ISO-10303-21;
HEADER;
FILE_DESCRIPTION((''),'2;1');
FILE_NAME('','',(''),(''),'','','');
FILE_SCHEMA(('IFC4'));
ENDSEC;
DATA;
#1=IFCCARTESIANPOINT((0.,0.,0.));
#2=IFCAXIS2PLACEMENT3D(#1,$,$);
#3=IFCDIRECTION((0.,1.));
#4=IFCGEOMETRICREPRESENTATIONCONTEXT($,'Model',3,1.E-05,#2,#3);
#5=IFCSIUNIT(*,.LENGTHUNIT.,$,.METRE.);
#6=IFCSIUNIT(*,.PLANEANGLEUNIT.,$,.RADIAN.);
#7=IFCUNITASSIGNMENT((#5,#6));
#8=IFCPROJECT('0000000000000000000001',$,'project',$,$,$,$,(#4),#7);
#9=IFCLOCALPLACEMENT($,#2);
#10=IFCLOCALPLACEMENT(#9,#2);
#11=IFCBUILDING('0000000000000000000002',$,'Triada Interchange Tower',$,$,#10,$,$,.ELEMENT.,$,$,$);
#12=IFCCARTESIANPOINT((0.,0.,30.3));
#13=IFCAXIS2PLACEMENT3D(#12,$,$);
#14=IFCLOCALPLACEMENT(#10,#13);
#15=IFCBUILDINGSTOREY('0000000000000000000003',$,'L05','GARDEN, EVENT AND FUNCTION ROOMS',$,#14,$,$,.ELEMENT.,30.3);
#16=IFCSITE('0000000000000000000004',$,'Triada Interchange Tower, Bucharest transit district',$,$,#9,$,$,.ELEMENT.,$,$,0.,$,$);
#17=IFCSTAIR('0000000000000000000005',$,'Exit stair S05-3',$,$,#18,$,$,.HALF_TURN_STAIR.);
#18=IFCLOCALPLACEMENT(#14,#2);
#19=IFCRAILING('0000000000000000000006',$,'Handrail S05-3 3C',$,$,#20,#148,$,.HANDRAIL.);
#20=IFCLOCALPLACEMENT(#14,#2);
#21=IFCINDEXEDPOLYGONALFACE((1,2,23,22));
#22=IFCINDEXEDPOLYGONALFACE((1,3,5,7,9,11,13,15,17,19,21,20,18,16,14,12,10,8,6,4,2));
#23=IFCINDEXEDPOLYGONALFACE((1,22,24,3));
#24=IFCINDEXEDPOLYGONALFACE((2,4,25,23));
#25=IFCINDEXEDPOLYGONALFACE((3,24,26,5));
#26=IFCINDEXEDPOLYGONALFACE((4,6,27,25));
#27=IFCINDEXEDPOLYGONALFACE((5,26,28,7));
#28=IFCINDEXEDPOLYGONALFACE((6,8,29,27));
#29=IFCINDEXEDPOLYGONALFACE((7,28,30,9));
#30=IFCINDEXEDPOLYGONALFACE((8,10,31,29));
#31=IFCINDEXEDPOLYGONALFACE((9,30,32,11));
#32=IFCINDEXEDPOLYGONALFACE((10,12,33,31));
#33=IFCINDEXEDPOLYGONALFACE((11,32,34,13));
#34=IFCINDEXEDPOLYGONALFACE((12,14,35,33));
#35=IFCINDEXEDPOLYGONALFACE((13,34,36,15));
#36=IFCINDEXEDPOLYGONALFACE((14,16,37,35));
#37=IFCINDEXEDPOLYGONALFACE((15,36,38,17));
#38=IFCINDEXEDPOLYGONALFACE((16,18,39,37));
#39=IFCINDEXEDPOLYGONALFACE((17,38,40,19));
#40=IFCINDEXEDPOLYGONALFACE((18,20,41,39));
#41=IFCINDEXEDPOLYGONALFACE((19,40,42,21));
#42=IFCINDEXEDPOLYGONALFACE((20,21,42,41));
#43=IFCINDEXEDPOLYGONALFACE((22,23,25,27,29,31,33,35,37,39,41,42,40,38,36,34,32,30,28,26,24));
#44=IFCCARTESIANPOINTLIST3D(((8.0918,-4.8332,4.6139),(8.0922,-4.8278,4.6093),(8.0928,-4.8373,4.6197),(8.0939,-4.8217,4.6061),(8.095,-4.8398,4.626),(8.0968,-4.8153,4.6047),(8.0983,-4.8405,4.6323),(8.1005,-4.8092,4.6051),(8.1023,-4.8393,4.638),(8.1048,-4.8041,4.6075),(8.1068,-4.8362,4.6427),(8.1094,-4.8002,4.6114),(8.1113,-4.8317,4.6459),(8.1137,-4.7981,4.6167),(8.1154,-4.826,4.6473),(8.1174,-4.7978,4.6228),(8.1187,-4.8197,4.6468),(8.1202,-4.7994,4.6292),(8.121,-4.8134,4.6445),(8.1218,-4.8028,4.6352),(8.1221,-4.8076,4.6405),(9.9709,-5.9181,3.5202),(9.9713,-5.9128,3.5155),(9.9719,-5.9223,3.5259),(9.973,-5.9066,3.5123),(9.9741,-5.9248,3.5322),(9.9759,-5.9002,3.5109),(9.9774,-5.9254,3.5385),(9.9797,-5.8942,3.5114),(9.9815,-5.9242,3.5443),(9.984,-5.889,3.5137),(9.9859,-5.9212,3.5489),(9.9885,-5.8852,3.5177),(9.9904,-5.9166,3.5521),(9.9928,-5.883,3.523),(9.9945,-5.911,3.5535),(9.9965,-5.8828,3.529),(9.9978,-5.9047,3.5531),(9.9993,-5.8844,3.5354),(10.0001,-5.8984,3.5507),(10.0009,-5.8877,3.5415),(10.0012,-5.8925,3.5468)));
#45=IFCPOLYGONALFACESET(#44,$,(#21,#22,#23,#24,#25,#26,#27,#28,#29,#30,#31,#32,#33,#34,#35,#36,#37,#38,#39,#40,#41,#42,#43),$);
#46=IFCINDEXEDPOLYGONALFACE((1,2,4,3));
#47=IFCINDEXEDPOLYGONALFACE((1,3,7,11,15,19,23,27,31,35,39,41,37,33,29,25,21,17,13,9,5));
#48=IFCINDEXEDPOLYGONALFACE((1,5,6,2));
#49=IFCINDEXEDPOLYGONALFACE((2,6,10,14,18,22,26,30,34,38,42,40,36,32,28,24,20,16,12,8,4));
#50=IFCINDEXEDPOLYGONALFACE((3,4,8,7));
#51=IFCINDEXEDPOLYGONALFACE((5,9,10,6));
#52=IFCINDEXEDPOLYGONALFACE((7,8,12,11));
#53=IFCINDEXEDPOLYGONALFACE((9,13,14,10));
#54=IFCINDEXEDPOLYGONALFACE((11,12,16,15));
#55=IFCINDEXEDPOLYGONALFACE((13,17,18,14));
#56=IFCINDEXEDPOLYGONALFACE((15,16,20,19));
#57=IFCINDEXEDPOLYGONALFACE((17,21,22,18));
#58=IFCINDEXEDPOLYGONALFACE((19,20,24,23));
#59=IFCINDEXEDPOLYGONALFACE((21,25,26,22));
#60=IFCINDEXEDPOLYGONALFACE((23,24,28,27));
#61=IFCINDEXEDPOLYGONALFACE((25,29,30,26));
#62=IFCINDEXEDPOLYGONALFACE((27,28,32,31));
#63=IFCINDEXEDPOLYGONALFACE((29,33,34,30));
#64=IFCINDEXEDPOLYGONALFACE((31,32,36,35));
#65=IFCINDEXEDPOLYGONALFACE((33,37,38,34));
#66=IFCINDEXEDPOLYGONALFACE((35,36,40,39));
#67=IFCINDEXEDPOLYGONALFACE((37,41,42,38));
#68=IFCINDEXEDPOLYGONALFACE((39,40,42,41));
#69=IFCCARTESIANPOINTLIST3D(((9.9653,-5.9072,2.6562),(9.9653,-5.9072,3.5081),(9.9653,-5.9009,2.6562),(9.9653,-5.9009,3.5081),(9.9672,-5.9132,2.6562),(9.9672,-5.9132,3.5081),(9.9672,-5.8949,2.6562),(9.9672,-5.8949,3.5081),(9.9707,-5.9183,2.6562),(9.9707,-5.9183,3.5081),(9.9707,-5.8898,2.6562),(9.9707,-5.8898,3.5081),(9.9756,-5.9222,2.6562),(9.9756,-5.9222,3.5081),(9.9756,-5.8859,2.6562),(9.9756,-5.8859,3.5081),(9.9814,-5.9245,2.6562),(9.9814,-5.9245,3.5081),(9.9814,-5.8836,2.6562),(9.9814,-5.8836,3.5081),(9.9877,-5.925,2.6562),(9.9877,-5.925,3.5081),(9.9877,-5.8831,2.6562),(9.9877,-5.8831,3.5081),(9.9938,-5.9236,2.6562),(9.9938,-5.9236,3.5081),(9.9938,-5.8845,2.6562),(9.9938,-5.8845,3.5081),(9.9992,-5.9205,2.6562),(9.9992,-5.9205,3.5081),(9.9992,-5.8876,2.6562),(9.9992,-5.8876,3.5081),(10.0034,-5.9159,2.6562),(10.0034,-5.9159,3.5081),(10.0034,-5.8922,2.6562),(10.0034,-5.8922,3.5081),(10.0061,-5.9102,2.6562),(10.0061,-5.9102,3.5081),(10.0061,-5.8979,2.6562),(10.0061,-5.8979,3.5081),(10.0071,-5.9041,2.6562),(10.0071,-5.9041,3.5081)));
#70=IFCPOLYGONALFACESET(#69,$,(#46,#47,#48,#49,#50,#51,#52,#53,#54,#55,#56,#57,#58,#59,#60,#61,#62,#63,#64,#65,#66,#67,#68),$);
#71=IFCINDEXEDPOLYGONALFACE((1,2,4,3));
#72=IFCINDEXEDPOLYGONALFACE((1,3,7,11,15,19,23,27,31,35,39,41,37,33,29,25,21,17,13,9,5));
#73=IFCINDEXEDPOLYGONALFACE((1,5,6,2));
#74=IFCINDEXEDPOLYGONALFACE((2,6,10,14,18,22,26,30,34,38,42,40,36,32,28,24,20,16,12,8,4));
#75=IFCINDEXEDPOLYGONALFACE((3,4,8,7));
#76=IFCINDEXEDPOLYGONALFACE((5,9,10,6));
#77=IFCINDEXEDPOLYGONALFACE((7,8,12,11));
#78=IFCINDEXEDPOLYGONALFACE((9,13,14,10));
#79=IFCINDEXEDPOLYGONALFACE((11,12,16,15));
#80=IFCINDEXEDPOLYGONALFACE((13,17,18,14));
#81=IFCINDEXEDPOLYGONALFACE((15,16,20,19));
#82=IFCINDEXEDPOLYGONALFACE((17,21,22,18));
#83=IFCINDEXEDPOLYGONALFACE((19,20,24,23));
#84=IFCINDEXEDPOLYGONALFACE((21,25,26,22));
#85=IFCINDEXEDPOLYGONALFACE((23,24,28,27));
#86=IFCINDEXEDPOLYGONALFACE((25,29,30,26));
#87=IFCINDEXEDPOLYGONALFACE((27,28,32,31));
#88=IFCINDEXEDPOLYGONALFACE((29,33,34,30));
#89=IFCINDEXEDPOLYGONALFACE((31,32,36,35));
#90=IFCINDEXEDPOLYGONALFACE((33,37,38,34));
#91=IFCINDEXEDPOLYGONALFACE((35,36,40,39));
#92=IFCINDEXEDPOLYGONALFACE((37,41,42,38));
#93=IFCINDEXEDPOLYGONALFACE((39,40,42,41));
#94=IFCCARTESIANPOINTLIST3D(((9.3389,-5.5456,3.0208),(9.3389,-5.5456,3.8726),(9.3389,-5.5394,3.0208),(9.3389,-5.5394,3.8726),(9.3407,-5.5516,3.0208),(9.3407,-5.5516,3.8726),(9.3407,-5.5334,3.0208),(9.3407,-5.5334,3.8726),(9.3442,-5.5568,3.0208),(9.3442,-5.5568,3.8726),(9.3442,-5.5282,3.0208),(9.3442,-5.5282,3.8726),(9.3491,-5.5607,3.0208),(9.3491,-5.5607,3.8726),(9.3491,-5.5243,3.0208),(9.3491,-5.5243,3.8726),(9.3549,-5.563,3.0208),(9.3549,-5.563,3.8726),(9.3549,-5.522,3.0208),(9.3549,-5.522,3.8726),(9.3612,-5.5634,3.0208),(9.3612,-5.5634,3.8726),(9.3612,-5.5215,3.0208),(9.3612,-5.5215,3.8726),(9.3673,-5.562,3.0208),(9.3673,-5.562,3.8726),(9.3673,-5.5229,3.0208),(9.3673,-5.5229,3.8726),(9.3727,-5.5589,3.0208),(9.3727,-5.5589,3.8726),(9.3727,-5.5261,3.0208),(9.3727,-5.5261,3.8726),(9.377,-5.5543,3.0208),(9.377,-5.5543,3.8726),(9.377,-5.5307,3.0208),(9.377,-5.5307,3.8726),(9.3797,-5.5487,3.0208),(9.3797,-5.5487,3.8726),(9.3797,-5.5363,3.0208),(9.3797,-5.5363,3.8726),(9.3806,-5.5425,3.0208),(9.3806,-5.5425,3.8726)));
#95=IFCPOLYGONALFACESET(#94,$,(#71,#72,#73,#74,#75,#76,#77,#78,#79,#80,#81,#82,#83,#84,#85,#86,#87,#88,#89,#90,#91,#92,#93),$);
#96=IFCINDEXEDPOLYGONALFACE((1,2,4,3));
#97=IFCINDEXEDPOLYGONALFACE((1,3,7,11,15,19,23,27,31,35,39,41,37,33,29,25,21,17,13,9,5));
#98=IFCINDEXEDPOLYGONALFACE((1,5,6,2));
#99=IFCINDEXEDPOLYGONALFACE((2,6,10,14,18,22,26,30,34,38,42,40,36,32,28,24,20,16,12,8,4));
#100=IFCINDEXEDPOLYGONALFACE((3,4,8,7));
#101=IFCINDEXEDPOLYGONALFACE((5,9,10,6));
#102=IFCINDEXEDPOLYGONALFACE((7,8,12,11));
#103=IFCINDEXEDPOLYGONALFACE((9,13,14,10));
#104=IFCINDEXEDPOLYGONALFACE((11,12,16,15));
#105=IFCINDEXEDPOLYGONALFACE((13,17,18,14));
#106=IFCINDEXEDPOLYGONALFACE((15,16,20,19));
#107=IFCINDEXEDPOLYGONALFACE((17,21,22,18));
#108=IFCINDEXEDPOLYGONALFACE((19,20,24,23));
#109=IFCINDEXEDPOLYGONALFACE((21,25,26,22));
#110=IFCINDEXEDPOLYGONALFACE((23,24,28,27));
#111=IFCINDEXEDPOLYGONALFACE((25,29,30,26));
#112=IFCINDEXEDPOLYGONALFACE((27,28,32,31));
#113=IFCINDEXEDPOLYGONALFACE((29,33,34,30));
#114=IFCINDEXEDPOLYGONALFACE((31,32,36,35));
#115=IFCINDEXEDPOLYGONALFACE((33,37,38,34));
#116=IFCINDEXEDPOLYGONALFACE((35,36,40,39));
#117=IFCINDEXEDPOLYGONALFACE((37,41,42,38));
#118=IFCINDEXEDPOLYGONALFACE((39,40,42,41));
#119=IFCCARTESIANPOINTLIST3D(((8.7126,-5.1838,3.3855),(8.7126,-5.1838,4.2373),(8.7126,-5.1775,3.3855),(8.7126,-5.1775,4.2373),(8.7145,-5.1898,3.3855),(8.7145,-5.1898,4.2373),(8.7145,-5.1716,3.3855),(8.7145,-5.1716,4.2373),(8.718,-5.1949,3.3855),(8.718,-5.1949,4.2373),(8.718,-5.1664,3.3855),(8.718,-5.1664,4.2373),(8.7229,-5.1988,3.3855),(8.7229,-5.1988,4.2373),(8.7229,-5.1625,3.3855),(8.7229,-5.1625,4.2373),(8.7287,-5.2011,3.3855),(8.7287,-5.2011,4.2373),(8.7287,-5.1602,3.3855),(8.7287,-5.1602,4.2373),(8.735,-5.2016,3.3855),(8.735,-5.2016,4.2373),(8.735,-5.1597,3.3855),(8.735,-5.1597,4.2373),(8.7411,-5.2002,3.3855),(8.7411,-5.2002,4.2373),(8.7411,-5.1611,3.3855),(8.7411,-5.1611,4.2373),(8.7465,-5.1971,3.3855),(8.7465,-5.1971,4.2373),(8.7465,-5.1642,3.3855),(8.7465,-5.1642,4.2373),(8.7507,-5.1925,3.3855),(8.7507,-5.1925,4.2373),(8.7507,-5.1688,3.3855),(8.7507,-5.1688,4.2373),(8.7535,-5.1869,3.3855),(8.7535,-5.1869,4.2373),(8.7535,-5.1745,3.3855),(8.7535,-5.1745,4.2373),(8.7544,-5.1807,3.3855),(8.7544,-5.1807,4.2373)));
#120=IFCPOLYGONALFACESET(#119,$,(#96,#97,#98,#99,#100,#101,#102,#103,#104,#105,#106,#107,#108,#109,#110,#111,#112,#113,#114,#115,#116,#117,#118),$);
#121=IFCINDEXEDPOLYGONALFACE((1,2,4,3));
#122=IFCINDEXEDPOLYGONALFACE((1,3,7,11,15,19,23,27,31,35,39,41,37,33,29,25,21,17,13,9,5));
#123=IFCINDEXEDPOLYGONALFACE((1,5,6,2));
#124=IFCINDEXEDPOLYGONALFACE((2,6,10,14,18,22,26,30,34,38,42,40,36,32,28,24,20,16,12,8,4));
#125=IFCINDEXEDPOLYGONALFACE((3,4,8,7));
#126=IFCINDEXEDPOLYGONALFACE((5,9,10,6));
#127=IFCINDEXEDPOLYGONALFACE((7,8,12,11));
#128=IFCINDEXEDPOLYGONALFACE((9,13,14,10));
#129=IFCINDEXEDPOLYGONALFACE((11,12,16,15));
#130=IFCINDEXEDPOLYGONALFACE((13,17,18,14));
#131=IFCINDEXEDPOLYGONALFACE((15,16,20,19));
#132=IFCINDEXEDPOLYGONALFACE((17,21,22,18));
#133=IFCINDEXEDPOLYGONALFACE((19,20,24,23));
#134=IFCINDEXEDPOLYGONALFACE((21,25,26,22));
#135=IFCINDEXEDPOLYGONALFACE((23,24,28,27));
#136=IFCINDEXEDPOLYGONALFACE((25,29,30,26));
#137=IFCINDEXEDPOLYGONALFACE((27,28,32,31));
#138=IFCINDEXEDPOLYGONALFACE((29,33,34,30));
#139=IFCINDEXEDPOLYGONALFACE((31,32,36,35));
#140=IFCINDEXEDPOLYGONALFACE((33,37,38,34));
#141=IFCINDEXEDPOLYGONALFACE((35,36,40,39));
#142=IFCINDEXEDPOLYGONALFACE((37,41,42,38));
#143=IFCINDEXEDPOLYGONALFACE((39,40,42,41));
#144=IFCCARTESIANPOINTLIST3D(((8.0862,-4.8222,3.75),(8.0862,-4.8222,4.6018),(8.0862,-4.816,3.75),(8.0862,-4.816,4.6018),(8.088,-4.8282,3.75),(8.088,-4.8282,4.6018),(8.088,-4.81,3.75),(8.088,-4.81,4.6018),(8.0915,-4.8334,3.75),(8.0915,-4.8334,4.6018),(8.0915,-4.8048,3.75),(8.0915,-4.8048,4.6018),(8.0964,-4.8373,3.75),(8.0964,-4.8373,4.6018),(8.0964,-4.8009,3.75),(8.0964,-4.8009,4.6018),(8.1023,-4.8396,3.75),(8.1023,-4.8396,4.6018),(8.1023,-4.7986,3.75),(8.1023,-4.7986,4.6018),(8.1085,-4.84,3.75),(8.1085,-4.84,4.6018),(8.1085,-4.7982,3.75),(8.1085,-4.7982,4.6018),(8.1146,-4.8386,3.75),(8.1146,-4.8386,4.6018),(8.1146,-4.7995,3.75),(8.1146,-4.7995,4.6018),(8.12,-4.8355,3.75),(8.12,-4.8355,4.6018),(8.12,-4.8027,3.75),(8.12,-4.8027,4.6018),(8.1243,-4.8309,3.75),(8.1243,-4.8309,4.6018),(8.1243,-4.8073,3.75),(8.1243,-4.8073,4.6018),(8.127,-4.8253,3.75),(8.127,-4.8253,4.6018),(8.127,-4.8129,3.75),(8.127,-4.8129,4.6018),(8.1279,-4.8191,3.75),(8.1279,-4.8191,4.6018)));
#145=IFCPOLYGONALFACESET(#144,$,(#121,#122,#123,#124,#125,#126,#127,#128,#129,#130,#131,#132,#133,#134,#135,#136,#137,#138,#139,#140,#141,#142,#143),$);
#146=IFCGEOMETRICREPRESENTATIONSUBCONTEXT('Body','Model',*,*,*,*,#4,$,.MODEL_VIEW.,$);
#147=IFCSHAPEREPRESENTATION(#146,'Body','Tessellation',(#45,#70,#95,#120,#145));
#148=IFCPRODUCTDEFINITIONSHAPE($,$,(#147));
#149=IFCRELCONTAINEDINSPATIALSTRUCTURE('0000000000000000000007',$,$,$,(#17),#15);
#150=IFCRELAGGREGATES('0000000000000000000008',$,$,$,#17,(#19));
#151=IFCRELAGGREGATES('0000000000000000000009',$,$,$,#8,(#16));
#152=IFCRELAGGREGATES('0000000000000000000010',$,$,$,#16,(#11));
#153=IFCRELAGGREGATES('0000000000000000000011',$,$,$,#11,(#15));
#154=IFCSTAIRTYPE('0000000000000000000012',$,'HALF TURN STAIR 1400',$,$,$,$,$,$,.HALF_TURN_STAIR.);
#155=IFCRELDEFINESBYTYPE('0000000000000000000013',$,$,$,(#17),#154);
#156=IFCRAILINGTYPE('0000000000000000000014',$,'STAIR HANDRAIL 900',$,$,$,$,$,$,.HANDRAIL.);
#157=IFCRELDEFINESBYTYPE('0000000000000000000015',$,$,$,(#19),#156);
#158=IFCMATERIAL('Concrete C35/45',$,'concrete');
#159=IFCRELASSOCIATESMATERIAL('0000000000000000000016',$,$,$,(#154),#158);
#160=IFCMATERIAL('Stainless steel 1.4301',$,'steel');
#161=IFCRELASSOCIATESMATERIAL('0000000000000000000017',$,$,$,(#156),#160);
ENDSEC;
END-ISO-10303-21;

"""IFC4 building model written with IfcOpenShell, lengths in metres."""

from ifc_helpers import new_model, si_unit, direction, frame, origin, origin_2d, place, context, subcontext, project, spatial, circle, extrude, material, type_object, element, aggregate, save


model = new_model("IFC4")

# Units and contexts
model_context = context("Model", 3, precision=1e-05, world=origin(), true_north=direction((0.0, 1.0)))
body_context = subcontext(model_context, "Body", "Model", "MODEL_VIEW")
ifc_project = project(units=[si_unit("LENGTHUNIT", "METRE"), si_unit("PLANEANGLEUNIT", "RADIAN")], contexts=[model_context])

# Site, building, storey
site_placement = place(None, origin())
site = spatial("IfcSite", under=ifc_project, at=site_placement, Name="Triada Interchange Tower, Bucharest transit district", CompositionType="ELEMENT", RefElevation=0.0)
building_placement = place(site_placement, origin())
building = spatial("IfcBuilding", under=site, at=building_placement, Name="Triada Interchange Tower", CompositionType="ELEMENT")
storey_placement = place(building_placement, frame((0.0, 0.0, 30.3)))
storey = spatial("IfcBuildingStorey", under=building, at=storey_placement, Name="L05", Description="GARDEN, EVENT AND FUNCTION ROOMS", CompositionType="ELEMENT", Elevation=30.3)

# Shared definitions
ifc_material_1 = material(Name="Concrete C35/45", Category="concrete")

# Stair
stair_type = type_object("IfcStairType", Name="HALF TURN STAIR 1400", PredefinedType="HALF_TURN_STAIR", material=ifc_material_1)
stair_placement = place(storey_placement, origin())
stair = element("IfcStair", 1, at=stair_placement, inside=storey, type_object=stair_type, Name="Exit stair S05-3", PredefinedType="HALF_TURN_STAIR")
ifc_material_2 = material(Name="Stainless steel 1.4301", Category="steel")

# Railing
railing_type_1 = type_object("IfcRailingType", Name="STAIR HANDRAIL 900", PredefinedType="HANDRAIL", material=ifc_material_2)
railing_1_placement = place(storey_placement, frame((9.9861, -5.9041, 2.6562)))
railing_1 = element("IfcRailing", 2, at=railing_1_placement, type_object=railing_type_1, Name="Handrail S05-3 3C", PredefinedType="HANDRAIL", context=body_context, shape_type="SweptSolid", body=[
    extrude(circle(Radius=0.0239, at=origin_2d()), frame((0.0, 0.0, 0.876), z_axis=(-0.77333, 0.446496, 0.450113), x_axis=(-0.500011, -0.866019, 0.0)), (0.0, 0.0, 1.0), 2.4299),
    extrude(circle(Radius=0.021, at=origin_2d()), origin(), (0.0, 0.0, 1.0), 0.8518),
    extrude(circle(Radius=0.021, at=origin_2d()), frame((-0.6265, 0.3616, 0.3645)), (0.0, 0.0, 1.0), 0.8518),
    extrude(circle(Radius=0.021, at=origin_2d()), frame((-1.2527, 0.7234, 0.7292)), (0.0, 0.0, 1.0), 0.8518),
    extrude(circle(Radius=0.021, at=origin_2d()), frame((-1.8792, 1.085, 1.0938)), (0.0, 0.0, 1.0), 0.8518),
])
aggregate(stair, [railing_1])

save(model, "model.ifc")
